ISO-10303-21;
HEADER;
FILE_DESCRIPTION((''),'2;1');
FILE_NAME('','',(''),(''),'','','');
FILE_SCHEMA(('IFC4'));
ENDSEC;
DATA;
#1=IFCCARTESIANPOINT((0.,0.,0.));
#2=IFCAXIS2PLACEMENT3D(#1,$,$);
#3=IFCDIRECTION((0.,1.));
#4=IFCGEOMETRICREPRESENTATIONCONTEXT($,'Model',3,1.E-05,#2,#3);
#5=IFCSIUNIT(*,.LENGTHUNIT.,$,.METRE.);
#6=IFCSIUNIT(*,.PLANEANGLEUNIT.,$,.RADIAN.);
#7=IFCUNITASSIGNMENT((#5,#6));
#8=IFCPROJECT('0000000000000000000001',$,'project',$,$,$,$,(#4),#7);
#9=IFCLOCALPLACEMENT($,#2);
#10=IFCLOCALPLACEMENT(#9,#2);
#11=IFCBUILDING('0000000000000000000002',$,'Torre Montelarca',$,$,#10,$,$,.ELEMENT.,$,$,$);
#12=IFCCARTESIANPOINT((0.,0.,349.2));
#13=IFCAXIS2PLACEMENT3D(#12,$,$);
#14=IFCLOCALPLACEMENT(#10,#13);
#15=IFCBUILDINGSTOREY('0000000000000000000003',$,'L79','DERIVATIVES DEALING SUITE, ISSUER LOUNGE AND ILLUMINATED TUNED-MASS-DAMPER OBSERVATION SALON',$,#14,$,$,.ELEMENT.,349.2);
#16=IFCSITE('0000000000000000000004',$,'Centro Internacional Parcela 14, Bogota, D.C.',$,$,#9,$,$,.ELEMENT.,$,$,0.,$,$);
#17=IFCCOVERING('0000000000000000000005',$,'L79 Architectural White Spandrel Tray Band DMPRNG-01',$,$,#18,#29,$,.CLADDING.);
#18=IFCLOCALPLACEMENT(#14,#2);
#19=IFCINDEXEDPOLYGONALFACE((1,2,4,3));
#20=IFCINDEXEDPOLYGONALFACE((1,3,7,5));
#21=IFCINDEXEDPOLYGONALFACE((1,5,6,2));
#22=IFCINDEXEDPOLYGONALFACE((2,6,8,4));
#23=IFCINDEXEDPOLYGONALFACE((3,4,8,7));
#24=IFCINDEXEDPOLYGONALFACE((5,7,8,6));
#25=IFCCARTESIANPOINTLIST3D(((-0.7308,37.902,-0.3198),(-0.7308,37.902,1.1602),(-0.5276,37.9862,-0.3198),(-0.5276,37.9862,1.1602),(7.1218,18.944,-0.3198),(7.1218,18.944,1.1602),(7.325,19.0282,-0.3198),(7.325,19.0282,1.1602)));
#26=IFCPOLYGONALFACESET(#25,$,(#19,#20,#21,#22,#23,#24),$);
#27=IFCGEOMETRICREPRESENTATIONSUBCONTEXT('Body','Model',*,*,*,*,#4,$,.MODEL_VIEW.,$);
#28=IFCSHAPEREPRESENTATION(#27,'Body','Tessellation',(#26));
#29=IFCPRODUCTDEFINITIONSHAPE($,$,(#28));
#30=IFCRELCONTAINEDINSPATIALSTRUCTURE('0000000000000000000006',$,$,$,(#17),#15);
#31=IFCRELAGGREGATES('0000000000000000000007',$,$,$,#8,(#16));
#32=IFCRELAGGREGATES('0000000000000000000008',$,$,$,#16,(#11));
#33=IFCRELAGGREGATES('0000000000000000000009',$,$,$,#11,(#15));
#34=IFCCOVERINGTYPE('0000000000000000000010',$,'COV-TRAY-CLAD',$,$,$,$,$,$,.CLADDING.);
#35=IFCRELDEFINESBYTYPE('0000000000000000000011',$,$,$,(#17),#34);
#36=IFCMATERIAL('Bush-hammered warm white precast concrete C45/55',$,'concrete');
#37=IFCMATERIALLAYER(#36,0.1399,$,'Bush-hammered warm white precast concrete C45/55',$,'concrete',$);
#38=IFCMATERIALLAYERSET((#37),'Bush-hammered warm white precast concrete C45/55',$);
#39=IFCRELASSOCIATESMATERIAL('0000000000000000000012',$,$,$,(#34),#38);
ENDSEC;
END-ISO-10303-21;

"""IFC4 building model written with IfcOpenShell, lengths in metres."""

from ifc_helpers import new_model, si_unit, direction, frame, origin, origin_2d, place, context, subcontext, project, spatial, rectangle, extrude, source, transform, mapped, material, layer, layer_set, type_object, element, save


model = new_model("IFC4")

# Units and contexts
model_context = context("Model", 3, precision=1e-05, world=origin(), true_north=direction((0.0, 1.0)))
body_context = subcontext(model_context, "Body", "Model", "MODEL_VIEW")
ifc_project = project(units=[si_unit("LENGTHUNIT", "METRE"), si_unit("PLANEANGLEUNIT", "RADIAN")], contexts=[model_context])

# Site, building, storey
site_placement = place(None, origin())
site = spatial("IfcSite", under=ifc_project, at=site_placement, Name="Centro Internacional Parcela 14, Bogota, D.C.", CompositionType="ELEMENT", RefElevation=0.0)
building_placement = place(site_placement, origin())
building = spatial("IfcBuilding", under=site, at=building_placement, Name="Torre Montelarca", CompositionType="ELEMENT")
storey_placement = place(building_placement, frame((0.0, 0.0, 349.2)))
storey = spatial("IfcBuildingStorey", under=building, at=storey_placement, Name="L79", Description="DERIVATIVES DEALING SUITE, ISSUER LOUNGE AND ILLUMINATED TUNED-MASS-DAMPER OBSERVATION SALON", CompositionType="ELEMENT", Elevation=349.2)

# Covering
ifc_material_1 = material(Name="Bush-hammered warm white precast concrete C45/55", Category="concrete")
ifc_layer_1 = layer(ifc_material_1, 0.1399, Name="Bush-hammered warm white precast concrete C45/55", Category="concrete")
ifc_layer_set_1 = layer_set([ifc_layer_1], Name="Bush-hammered warm white precast concrete C45/55")
covering_type = type_object("IfcCoveringType", Name="COV-TRAY-CLAD", PredefinedType="CLADDING", material=ifc_layer_set_1)
shared_shape_1 = source(origin(), body_context, "Body", "SweptSolid", [
    extrude(rectangle(XDim=20.52, YDim=0.22, at=origin_2d()), origin(), (0.0, 0.0, 1.0), 1.48),
])
covering_1_placement = place(storey_placement, frame((3.2971, 28.4651, -0.3198), z_axis=(0.0, 0.0, 1.0), x_axis=(0.38268, -0.923881, 0.0)))
element("IfcCovering", 1, at=covering_1_placement, inside=storey, type_object=covering_type, Name="L79 Architectural White Spandrel Tray Band DMPRNG-01", PredefinedType="CLADDING", context=body_context, shape_type="MappedRepresentation", body=[
    mapped(shared_shape_1, transform((0.0, 0.0, 0.0), scale=1.0)),
])

save(model, "model.ifc")
